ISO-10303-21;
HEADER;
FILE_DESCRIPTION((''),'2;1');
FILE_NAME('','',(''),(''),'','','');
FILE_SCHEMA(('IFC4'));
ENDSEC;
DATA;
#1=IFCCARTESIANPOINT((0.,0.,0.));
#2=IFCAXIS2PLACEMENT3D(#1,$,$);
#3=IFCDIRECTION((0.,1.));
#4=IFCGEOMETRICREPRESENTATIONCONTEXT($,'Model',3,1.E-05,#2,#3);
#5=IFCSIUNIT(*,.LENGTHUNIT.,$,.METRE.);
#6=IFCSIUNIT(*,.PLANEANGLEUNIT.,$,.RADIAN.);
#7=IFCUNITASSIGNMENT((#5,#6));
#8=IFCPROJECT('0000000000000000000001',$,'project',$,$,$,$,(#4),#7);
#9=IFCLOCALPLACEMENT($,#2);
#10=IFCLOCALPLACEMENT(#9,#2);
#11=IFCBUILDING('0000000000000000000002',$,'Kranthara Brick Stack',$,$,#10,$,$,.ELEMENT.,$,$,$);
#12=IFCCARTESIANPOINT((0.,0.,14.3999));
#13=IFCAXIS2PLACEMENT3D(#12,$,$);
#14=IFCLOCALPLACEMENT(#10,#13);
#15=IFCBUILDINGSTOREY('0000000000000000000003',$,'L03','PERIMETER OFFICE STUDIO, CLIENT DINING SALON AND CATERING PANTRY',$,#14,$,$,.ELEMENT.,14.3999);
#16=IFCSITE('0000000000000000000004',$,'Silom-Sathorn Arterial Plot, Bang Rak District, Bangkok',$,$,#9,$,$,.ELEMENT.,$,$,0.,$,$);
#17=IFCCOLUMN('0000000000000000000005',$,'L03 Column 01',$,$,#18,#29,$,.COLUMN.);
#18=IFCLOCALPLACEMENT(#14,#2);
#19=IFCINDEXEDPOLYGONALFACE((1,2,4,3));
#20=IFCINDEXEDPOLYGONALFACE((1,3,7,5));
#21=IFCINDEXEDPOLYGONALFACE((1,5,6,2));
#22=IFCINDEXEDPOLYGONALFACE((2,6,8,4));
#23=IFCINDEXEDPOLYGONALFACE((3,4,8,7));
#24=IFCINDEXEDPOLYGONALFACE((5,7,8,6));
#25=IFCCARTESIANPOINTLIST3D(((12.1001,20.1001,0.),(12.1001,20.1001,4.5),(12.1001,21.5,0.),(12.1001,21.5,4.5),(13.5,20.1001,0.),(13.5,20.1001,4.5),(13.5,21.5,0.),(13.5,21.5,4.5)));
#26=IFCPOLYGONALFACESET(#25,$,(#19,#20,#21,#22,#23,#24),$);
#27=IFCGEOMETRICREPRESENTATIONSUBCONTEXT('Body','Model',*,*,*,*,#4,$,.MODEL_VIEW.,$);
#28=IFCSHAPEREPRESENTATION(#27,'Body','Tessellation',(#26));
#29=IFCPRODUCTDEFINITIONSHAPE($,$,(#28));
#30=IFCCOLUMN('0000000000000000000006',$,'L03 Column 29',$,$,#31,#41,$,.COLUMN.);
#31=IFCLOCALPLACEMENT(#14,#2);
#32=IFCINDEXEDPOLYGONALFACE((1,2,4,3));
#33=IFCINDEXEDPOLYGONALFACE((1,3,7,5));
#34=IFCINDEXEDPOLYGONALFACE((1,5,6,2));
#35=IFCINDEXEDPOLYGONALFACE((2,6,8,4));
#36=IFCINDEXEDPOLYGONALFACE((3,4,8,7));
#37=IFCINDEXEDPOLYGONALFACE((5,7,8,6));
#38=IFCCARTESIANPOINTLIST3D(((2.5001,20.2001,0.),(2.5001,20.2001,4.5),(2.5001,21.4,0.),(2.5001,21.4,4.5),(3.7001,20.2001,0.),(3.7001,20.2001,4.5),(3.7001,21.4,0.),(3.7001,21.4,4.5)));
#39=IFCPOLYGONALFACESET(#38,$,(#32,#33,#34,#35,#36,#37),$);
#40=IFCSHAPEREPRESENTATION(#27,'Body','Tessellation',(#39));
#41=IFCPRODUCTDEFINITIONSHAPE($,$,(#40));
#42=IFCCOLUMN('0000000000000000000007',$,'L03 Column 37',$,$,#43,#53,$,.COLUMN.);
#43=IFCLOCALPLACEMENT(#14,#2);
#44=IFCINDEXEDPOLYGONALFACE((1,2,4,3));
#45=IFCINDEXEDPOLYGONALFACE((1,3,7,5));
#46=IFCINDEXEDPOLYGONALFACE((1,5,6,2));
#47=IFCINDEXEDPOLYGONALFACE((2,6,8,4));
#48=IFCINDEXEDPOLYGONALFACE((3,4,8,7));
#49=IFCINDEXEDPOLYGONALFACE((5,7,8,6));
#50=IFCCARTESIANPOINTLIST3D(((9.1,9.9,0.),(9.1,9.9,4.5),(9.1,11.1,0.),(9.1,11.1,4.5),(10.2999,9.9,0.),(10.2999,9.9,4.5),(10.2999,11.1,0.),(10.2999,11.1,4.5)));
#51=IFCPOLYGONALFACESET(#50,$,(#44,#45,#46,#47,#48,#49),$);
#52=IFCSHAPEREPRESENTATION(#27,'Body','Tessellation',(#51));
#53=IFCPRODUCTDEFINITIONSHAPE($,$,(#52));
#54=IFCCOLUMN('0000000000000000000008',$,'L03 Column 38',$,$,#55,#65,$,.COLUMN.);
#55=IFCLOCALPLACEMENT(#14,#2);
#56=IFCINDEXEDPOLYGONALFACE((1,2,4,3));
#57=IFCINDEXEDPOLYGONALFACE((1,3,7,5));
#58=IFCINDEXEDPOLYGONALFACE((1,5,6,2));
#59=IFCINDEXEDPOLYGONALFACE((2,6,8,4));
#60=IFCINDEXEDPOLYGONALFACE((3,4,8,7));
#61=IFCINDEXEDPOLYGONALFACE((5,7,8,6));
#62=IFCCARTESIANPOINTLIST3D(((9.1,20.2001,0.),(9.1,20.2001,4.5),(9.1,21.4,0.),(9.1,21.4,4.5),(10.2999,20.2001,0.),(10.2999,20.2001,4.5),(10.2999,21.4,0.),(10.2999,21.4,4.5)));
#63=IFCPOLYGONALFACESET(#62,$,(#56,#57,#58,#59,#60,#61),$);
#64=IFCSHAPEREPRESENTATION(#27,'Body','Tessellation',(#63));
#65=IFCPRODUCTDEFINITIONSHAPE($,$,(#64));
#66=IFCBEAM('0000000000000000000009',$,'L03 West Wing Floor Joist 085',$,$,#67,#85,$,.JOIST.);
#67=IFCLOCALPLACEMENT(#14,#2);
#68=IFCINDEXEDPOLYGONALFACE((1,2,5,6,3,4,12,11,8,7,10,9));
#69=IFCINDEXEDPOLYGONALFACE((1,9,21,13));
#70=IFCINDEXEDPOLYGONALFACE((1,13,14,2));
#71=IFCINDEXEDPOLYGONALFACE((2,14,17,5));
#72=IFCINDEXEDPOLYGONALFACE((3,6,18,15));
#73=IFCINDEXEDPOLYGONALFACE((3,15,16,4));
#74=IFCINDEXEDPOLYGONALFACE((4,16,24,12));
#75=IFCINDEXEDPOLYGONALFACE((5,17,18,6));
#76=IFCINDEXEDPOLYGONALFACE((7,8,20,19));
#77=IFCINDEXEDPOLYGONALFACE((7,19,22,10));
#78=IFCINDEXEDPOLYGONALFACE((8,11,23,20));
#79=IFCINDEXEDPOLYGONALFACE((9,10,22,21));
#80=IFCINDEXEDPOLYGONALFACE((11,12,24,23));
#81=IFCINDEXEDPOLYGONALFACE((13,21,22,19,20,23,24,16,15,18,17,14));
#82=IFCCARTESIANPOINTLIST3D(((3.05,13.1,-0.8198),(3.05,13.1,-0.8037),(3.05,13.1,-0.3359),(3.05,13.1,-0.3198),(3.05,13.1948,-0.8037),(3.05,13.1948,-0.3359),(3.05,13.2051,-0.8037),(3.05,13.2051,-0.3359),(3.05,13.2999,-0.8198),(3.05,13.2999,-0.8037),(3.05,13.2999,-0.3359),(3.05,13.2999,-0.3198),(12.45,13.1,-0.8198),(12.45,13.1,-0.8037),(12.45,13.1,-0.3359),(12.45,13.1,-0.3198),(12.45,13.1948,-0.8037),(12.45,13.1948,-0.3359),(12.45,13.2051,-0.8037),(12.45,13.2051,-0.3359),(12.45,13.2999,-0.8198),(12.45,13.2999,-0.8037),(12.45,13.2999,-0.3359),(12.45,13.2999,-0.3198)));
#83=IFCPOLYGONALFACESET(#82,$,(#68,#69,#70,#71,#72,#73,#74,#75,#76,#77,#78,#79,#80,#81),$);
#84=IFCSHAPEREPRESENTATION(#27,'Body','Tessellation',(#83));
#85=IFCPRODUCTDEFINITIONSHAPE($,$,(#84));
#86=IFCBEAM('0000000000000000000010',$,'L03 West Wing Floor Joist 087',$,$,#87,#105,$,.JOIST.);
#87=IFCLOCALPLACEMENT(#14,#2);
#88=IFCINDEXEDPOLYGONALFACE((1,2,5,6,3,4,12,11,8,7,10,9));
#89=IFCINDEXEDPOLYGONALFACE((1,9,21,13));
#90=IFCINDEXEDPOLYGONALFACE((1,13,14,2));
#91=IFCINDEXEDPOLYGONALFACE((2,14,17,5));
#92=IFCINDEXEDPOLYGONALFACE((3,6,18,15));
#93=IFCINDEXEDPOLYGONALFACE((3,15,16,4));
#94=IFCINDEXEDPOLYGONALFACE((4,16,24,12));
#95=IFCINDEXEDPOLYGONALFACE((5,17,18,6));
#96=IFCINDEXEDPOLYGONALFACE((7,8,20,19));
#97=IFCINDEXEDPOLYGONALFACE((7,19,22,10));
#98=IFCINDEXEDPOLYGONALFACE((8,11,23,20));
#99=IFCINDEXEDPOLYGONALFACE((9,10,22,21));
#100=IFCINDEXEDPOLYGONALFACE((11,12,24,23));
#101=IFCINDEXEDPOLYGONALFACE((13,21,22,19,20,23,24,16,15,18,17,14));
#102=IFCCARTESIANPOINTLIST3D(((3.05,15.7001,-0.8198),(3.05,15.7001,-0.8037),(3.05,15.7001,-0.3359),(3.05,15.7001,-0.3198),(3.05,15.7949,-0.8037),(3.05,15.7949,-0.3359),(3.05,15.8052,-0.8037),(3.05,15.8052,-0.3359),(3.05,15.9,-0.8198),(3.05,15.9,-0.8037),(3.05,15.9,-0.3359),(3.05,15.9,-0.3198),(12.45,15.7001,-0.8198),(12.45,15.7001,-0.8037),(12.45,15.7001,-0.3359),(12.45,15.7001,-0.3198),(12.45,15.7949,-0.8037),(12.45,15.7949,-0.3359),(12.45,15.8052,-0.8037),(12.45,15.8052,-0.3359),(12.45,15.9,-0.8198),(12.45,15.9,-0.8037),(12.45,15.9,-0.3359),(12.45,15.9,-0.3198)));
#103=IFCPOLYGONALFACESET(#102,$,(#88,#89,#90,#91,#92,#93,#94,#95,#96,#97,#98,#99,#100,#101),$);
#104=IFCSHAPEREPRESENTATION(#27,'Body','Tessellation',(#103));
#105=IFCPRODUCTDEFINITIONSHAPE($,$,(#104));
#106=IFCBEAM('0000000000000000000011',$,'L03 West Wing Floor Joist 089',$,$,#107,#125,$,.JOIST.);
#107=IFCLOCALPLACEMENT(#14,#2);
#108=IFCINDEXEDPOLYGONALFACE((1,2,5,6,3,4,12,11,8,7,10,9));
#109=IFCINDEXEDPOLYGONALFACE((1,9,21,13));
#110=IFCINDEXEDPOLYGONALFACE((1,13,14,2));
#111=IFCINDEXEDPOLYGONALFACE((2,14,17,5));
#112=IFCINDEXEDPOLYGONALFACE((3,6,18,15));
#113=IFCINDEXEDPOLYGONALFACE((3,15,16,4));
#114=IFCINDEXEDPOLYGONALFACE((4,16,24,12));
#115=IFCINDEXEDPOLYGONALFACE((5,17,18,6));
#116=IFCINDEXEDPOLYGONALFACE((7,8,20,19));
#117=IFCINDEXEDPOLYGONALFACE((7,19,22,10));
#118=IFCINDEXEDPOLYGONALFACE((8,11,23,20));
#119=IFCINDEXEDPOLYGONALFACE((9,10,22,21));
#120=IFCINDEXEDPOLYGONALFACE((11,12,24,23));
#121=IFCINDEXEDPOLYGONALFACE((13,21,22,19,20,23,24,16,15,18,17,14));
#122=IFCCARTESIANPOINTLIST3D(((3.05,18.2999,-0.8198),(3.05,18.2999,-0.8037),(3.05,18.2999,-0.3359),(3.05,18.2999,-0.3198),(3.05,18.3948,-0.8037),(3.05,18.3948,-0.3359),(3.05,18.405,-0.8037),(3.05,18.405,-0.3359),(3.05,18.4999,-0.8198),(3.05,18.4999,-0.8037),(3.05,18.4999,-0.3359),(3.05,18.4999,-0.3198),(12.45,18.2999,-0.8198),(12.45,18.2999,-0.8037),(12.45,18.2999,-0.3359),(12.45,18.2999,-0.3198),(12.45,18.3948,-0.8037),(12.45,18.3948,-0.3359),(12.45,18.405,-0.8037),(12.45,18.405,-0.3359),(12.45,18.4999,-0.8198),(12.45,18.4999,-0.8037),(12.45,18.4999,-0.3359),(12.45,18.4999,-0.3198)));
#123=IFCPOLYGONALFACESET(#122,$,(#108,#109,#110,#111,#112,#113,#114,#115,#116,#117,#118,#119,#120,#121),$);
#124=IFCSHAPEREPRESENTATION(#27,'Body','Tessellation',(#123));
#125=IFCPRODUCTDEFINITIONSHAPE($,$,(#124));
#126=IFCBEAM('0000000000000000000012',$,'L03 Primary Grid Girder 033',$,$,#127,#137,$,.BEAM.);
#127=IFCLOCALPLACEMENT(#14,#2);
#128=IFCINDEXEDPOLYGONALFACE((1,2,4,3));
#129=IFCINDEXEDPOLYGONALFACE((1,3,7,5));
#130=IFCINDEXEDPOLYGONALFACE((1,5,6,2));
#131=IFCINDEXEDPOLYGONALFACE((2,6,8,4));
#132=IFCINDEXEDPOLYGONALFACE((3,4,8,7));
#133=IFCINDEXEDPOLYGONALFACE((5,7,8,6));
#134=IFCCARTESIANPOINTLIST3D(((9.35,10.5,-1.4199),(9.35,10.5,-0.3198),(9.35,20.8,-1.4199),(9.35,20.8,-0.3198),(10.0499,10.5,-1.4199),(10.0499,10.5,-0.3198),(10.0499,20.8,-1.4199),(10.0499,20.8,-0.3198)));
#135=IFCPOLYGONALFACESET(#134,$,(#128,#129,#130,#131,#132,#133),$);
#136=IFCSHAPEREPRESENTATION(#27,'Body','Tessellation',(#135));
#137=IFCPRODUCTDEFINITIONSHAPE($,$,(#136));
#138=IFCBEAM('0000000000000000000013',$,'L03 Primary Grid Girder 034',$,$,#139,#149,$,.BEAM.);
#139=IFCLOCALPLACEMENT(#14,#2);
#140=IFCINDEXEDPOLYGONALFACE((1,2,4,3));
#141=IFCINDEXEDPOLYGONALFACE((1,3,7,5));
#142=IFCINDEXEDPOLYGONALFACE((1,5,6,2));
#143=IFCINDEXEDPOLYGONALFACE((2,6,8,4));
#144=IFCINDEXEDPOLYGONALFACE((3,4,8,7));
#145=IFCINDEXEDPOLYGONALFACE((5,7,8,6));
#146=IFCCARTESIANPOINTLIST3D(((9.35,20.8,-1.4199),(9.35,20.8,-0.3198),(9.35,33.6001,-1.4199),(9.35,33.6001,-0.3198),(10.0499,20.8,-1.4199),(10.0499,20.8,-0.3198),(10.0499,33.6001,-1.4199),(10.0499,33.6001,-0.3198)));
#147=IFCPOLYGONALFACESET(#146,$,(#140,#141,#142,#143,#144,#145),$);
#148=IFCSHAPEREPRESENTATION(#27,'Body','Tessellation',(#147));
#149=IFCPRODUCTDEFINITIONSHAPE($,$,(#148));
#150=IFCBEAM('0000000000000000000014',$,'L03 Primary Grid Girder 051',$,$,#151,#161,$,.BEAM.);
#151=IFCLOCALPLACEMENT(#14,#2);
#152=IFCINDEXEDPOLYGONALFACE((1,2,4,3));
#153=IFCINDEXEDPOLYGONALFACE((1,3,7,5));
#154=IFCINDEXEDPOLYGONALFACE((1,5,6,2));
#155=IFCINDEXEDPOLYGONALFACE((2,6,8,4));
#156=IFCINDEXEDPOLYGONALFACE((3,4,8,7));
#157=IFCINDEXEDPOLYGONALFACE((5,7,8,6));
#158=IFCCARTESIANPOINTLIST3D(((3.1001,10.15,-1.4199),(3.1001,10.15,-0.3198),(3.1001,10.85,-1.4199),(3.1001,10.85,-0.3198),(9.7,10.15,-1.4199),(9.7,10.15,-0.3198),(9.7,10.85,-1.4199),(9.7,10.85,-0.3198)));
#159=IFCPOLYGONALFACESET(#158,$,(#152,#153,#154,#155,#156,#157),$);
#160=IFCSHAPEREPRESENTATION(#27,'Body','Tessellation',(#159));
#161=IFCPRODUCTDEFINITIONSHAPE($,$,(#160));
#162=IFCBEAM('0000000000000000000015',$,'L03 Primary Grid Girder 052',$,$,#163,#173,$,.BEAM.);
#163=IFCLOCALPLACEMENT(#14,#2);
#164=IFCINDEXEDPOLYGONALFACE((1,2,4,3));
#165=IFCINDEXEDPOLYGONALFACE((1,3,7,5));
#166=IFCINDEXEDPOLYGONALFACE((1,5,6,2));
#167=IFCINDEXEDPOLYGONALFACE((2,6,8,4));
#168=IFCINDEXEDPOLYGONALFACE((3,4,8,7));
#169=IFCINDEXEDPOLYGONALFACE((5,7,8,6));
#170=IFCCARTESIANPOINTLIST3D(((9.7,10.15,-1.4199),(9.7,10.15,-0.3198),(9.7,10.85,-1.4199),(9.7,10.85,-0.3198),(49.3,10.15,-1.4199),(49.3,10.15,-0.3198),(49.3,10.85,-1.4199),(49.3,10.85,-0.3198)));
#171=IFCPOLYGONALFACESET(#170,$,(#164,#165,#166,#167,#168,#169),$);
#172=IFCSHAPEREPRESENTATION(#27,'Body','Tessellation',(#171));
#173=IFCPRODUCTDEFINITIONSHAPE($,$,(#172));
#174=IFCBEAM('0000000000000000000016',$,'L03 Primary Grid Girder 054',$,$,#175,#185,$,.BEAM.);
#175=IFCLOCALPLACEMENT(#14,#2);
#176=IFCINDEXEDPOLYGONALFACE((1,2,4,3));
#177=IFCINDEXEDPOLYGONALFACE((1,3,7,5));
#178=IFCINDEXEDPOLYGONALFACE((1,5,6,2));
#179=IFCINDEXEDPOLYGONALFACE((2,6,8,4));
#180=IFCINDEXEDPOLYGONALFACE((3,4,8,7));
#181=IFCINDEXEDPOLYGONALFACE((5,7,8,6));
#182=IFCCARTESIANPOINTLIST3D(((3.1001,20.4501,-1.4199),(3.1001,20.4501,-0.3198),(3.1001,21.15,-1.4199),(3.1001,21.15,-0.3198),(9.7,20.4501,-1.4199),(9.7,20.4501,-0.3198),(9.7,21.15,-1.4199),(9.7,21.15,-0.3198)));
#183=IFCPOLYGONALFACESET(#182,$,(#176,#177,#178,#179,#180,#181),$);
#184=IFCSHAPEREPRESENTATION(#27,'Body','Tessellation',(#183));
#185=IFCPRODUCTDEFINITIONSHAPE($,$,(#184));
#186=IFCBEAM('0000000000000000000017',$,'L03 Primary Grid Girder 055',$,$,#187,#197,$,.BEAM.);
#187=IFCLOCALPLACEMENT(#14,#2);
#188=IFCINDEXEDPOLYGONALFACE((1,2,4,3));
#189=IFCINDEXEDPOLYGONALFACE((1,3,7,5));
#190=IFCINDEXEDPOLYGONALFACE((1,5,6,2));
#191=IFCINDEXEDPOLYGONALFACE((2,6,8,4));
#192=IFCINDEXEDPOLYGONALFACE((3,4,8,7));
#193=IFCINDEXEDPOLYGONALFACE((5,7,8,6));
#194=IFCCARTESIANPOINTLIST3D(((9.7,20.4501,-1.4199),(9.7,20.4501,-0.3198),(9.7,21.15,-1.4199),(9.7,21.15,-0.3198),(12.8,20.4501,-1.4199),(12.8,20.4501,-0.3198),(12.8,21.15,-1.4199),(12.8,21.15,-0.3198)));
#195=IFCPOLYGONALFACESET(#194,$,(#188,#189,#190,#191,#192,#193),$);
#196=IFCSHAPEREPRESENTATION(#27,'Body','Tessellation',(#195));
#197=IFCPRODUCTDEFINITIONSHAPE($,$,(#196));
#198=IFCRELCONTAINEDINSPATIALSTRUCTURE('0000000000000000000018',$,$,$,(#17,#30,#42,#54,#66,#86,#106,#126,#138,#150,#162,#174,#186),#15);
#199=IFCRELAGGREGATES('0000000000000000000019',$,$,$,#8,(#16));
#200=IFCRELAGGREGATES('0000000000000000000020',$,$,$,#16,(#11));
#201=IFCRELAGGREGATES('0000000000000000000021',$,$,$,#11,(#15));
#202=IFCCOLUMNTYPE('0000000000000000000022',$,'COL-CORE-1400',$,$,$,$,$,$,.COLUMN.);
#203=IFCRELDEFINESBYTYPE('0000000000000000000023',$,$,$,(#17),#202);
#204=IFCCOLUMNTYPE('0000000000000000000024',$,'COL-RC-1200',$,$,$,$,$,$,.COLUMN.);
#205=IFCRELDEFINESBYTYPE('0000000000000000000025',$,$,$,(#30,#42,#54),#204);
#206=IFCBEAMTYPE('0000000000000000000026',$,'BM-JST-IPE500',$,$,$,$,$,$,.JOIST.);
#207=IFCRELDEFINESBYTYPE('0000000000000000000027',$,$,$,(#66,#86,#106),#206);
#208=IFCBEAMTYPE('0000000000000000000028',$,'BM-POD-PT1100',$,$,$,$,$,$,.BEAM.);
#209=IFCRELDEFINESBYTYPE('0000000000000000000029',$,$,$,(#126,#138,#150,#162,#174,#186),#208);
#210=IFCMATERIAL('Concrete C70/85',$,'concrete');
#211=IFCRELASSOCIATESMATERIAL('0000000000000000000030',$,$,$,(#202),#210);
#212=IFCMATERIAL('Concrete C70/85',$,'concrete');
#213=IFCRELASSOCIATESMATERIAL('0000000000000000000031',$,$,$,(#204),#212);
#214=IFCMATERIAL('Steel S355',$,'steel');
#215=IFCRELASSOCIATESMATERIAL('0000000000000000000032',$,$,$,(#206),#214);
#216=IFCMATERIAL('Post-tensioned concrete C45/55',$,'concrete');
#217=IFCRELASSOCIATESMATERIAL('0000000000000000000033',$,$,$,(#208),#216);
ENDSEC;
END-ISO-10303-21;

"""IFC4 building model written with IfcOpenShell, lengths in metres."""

from ifc_helpers import new_model, si_unit, direction, frame, origin, origin_2d, place, context, subcontext, project, spatial, rectangle, i_section, extrude, material, material_profile, profile_set, type_object, element, save


model = new_model("IFC4")

# Units and contexts
model_context = context("Model", 3, precision=1e-05, world=origin(), true_north=direction((0.0, 1.0)))
body_context = subcontext(model_context, "Body", "Model", "MODEL_VIEW")
ifc_project = project(units=[si_unit("LENGTHUNIT", "METRE"), si_unit("PLANEANGLEUNIT", "RADIAN")], contexts=[model_context])

# Site, building, storey
site_placement = place(None, origin())
site = spatial("IfcSite", under=ifc_project, at=site_placement, Name="Silom-Sathorn Arterial Plot, Bang Rak District, Bangkok", CompositionType="ELEMENT", RefElevation=0.0)
building_placement = place(site_placement, origin())
building = spatial("IfcBuilding", under=site, at=building_placement, Name="Kranthara Brick Stack", CompositionType="ELEMENT")
storey_placement = place(building_placement, frame((0.0, 0.0, 14.3999)))
storey = spatial("IfcBuildingStorey", under=building, at=storey_placement, Name="L03", Description="PERIMETER OFFICE STUDIO, CLIENT DINING SALON AND CATERING PANTRY", CompositionType="ELEMENT", Elevation=14.3999)

# Columns
ifc_material_1 = material(Name="Concrete C70/85", Category="concrete")
ifc_material_profile_1 = material_profile(ifc_material_1, rectangle(XDim=1.3999, YDim=1.3999, at=origin_2d()), Name="RC 1400x1400")
ifc_profile_set_1 = profile_set([ifc_material_profile_1], Name="Concrete C70/85")
column_type_1 = type_object("IfcColumnType", Name="COL-CORE-1400", PredefinedType="COLUMN", material=ifc_profile_set_1)
column_placement = place(storey_placement, frame((12.8, 20.8, 0.0), z_axis=(0.0, 0.0, 1.0), x_axis=(1.0, 0.0, 0.0)))
element("IfcColumn", 1, at=column_placement, inside=storey, type_object=column_type_1, Name="L03 Column 01", PredefinedType="COLUMN", context=body_context, shape_type="SweptSolid", body=[
    extrude(rectangle(XDim=1.3999, YDim=1.3999, at=origin_2d()), origin(), (0.0, 0.0, 1.0), 4.5),
])
ifc_material_2 = material(Name="Concrete C70/85", Category="concrete")
ifc_material_profile_2 = material_profile(ifc_material_2, rectangle(XDim=1.2, YDim=1.2, at=origin_2d()), Name="RC 1200x1200")
ifc_profile_set_2 = profile_set([ifc_material_profile_2], Name="Concrete C70/85")
column_type_2 = type_object("IfcColumnType", Name="COL-RC-1200", PredefinedType="COLUMN", material=ifc_profile_set_2)
for number, where, z_axis, x_axis, name in (
    (2, (3.1001, 20.8, 0.0), (0.0, 0.0, 1.0), (1.0, 0.0, 0.0), "L03 Column 29"),
    (3, (9.7, 10.5, 0.0), (0.0, 0.0, 1.0), (1.0, 0.0, 0.0), "L03 Column 37"),
    (4, (9.7, 20.8, 0.0), (0.0, 0.0, 1.0), (1.0, 0.0, 0.0), "L03 Column 38"),
):
    element("IfcColumn", number, at=place(storey_placement, frame(where, z_axis=z_axis, x_axis=x_axis)), inside=storey, type_object=column_type_2, Name=name, PredefinedType="COLUMN", context=body_context, shape_type="SweptSolid", body=[
        extrude(rectangle(XDim=1.2, YDim=1.2, at=origin_2d()), origin(), (0.0, 0.0, 1.0), 4.5),
    ])

# Beams
ifc_material_3 = material(Name="Steel S355", Category="steel")
ifc_material_profile_3 = material_profile(ifc_material_3, i_section(OverallWidth=0.2, OverallDepth=0.5, WebThickness=0.0103, FlangeThickness=0.0161, at=origin_2d()), Name="IPE 500")
ifc_profile_set_3 = profile_set([ifc_material_profile_3], Name="Steel S355")
beam_type_1 = type_object("IfcBeamType", Name="BM-JST-IPE500", PredefinedType="JOIST", material=ifc_profile_set_3)
for number, where, z_axis, x_axis, name in (
    (5, (3.05, 13.2, -0.5698), (1.0, 0.0, 0.0), (0.0, 1.0, 0.0), "L03 West Wing Floor Joist 085"),
    (6, (3.05, 15.8, -0.5698), (1.0, 0.0, 0.0), (0.0, 1.0, 0.0), "L03 West Wing Floor Joist 087"),
    (7, (3.05, 18.3999, -0.5698), (1.0, 0.0, 0.0), (0.0, 1.0, 0.0), "L03 West Wing Floor Joist 089"),
):
    element("IfcBeam", number, at=place(storey_placement, frame(where, z_axis=z_axis, x_axis=x_axis)), inside=storey, type_object=beam_type_1, Name=name, PredefinedType="JOIST", context=body_context, shape_type="SweptSolid", body=[
        extrude(i_section(OverallWidth=0.2, OverallDepth=0.5, WebThickness=0.0103, FlangeThickness=0.0161, at=origin_2d()), origin(), (0.0, 0.0, 1.0), 9.3999),
    ])
ifc_material_4 = material(Name="Post-tensioned concrete C45/55", Category="concrete")
ifc_material_profile_4 = material_profile(ifc_material_4, rectangle(XDim=0.7, YDim=1.1001, at=origin_2d()), Name="PT 700x1100")
ifc_profile_set_4 = profile_set([ifc_material_profile_4], Name="Post-tensioned concrete C45/55")
beam_type_2 = type_object("IfcBeamType", Name="BM-POD-PT1100", PredefinedType="BEAM", material=ifc_profile_set_4)
beam_1_placement = place(storey_placement, frame((9.7, 10.5, -0.8699), z_axis=(0.0, 1.0, 0.0), x_axis=(-1.0, 0.0, 0.0)))
element("IfcBeam", 8, at=beam_1_placement, inside=storey, type_object=beam_type_2, Name="L03 Primary Grid Girder 033", PredefinedType="BEAM", context=body_context, shape_type="SweptSolid", body=[
    extrude(rectangle(XDim=0.7, YDim=1.1001, at=origin_2d()), origin(), (0.0, 0.0, 1.0), 10.3),
])
beam_2_placement = place(storey_placement, frame((9.7, 20.8, -0.8699), z_axis=(0.0, 1.0, 0.0), x_axis=(-1.0, 0.0, 0.0)))
element("IfcBeam", 9, at=beam_2_placement, inside=storey, type_object=beam_type_2, Name="L03 Primary Grid Girder 034", PredefinedType="BEAM", context=body_context, shape_type="SweptSolid", body=[
    extrude(rectangle(XDim=0.7, YDim=1.1001, at=origin_2d()), origin(), (0.0, 0.0, 1.0), 12.8),
])
beam_3_placement = place(storey_placement, frame((3.1001, 10.5, -0.8699), z_axis=(1.0, 0.0, 0.0), x_axis=(0.0, 1.0, 0.0)))
element("IfcBeam", 10, at=beam_3_placement, inside=storey, type_object=beam_type_2, Name="L03 Primary Grid Girder 051", PredefinedType="BEAM", context=body_context, shape_type="SweptSolid", body=[
    extrude(rectangle(XDim=0.7, YDim=1.1001, at=origin_2d()), origin(), (0.0, 0.0, 1.0), 6.5999),
])
beam_4_placement = place(storey_placement, frame((9.7, 10.5, -0.8699), z_axis=(1.0, 0.0, 0.0), x_axis=(0.0, 1.0, 0.0)))
element("IfcBeam", 11, at=beam_4_placement, inside=storey, type_object=beam_type_2, Name="L03 Primary Grid Girder 052", PredefinedType="BEAM", context=body_context, shape_type="SweptSolid", body=[
    extrude(rectangle(XDim=0.7, YDim=1.1001, at=origin_2d()), origin(), (0.0, 0.0, 1.0), 39.6001),
])
beam_5_placement = place(storey_placement, frame((3.1001, 20.8, -0.8699), z_axis=(1.0, 0.0, 0.0), x_axis=(0.0, 1.0, 0.0)))
element("IfcBeam", 12, at=beam_5_placement, inside=storey, type_object=beam_type_2, Name="L03 Primary Grid Girder 054", PredefinedType="BEAM", context=body_context, shape_type="SweptSolid", body=[
    extrude(rectangle(XDim=0.7, YDim=1.1001, at=origin_2d()), origin(), (0.0, 0.0, 1.0), 6.5999),
])
beam_6_placement = place(storey_placement, frame((9.7, 20.8, -0.8699), z_axis=(1.0, 0.0, 0.0), x_axis=(0.0, 1.0, 0.0)))
element("IfcBeam", 13, at=beam_6_placement, inside=storey, type_object=beam_type_2, Name="L03 Primary Grid Girder 055", PredefinedType="BEAM", context=body_context, shape_type="SweptSolid", body=[
    extrude(rectangle(XDim=0.7, YDim=1.1001, at=origin_2d()), origin(), (0.0, 0.0, 1.0), 3.1001),
])

save(model, "model.ifc")
